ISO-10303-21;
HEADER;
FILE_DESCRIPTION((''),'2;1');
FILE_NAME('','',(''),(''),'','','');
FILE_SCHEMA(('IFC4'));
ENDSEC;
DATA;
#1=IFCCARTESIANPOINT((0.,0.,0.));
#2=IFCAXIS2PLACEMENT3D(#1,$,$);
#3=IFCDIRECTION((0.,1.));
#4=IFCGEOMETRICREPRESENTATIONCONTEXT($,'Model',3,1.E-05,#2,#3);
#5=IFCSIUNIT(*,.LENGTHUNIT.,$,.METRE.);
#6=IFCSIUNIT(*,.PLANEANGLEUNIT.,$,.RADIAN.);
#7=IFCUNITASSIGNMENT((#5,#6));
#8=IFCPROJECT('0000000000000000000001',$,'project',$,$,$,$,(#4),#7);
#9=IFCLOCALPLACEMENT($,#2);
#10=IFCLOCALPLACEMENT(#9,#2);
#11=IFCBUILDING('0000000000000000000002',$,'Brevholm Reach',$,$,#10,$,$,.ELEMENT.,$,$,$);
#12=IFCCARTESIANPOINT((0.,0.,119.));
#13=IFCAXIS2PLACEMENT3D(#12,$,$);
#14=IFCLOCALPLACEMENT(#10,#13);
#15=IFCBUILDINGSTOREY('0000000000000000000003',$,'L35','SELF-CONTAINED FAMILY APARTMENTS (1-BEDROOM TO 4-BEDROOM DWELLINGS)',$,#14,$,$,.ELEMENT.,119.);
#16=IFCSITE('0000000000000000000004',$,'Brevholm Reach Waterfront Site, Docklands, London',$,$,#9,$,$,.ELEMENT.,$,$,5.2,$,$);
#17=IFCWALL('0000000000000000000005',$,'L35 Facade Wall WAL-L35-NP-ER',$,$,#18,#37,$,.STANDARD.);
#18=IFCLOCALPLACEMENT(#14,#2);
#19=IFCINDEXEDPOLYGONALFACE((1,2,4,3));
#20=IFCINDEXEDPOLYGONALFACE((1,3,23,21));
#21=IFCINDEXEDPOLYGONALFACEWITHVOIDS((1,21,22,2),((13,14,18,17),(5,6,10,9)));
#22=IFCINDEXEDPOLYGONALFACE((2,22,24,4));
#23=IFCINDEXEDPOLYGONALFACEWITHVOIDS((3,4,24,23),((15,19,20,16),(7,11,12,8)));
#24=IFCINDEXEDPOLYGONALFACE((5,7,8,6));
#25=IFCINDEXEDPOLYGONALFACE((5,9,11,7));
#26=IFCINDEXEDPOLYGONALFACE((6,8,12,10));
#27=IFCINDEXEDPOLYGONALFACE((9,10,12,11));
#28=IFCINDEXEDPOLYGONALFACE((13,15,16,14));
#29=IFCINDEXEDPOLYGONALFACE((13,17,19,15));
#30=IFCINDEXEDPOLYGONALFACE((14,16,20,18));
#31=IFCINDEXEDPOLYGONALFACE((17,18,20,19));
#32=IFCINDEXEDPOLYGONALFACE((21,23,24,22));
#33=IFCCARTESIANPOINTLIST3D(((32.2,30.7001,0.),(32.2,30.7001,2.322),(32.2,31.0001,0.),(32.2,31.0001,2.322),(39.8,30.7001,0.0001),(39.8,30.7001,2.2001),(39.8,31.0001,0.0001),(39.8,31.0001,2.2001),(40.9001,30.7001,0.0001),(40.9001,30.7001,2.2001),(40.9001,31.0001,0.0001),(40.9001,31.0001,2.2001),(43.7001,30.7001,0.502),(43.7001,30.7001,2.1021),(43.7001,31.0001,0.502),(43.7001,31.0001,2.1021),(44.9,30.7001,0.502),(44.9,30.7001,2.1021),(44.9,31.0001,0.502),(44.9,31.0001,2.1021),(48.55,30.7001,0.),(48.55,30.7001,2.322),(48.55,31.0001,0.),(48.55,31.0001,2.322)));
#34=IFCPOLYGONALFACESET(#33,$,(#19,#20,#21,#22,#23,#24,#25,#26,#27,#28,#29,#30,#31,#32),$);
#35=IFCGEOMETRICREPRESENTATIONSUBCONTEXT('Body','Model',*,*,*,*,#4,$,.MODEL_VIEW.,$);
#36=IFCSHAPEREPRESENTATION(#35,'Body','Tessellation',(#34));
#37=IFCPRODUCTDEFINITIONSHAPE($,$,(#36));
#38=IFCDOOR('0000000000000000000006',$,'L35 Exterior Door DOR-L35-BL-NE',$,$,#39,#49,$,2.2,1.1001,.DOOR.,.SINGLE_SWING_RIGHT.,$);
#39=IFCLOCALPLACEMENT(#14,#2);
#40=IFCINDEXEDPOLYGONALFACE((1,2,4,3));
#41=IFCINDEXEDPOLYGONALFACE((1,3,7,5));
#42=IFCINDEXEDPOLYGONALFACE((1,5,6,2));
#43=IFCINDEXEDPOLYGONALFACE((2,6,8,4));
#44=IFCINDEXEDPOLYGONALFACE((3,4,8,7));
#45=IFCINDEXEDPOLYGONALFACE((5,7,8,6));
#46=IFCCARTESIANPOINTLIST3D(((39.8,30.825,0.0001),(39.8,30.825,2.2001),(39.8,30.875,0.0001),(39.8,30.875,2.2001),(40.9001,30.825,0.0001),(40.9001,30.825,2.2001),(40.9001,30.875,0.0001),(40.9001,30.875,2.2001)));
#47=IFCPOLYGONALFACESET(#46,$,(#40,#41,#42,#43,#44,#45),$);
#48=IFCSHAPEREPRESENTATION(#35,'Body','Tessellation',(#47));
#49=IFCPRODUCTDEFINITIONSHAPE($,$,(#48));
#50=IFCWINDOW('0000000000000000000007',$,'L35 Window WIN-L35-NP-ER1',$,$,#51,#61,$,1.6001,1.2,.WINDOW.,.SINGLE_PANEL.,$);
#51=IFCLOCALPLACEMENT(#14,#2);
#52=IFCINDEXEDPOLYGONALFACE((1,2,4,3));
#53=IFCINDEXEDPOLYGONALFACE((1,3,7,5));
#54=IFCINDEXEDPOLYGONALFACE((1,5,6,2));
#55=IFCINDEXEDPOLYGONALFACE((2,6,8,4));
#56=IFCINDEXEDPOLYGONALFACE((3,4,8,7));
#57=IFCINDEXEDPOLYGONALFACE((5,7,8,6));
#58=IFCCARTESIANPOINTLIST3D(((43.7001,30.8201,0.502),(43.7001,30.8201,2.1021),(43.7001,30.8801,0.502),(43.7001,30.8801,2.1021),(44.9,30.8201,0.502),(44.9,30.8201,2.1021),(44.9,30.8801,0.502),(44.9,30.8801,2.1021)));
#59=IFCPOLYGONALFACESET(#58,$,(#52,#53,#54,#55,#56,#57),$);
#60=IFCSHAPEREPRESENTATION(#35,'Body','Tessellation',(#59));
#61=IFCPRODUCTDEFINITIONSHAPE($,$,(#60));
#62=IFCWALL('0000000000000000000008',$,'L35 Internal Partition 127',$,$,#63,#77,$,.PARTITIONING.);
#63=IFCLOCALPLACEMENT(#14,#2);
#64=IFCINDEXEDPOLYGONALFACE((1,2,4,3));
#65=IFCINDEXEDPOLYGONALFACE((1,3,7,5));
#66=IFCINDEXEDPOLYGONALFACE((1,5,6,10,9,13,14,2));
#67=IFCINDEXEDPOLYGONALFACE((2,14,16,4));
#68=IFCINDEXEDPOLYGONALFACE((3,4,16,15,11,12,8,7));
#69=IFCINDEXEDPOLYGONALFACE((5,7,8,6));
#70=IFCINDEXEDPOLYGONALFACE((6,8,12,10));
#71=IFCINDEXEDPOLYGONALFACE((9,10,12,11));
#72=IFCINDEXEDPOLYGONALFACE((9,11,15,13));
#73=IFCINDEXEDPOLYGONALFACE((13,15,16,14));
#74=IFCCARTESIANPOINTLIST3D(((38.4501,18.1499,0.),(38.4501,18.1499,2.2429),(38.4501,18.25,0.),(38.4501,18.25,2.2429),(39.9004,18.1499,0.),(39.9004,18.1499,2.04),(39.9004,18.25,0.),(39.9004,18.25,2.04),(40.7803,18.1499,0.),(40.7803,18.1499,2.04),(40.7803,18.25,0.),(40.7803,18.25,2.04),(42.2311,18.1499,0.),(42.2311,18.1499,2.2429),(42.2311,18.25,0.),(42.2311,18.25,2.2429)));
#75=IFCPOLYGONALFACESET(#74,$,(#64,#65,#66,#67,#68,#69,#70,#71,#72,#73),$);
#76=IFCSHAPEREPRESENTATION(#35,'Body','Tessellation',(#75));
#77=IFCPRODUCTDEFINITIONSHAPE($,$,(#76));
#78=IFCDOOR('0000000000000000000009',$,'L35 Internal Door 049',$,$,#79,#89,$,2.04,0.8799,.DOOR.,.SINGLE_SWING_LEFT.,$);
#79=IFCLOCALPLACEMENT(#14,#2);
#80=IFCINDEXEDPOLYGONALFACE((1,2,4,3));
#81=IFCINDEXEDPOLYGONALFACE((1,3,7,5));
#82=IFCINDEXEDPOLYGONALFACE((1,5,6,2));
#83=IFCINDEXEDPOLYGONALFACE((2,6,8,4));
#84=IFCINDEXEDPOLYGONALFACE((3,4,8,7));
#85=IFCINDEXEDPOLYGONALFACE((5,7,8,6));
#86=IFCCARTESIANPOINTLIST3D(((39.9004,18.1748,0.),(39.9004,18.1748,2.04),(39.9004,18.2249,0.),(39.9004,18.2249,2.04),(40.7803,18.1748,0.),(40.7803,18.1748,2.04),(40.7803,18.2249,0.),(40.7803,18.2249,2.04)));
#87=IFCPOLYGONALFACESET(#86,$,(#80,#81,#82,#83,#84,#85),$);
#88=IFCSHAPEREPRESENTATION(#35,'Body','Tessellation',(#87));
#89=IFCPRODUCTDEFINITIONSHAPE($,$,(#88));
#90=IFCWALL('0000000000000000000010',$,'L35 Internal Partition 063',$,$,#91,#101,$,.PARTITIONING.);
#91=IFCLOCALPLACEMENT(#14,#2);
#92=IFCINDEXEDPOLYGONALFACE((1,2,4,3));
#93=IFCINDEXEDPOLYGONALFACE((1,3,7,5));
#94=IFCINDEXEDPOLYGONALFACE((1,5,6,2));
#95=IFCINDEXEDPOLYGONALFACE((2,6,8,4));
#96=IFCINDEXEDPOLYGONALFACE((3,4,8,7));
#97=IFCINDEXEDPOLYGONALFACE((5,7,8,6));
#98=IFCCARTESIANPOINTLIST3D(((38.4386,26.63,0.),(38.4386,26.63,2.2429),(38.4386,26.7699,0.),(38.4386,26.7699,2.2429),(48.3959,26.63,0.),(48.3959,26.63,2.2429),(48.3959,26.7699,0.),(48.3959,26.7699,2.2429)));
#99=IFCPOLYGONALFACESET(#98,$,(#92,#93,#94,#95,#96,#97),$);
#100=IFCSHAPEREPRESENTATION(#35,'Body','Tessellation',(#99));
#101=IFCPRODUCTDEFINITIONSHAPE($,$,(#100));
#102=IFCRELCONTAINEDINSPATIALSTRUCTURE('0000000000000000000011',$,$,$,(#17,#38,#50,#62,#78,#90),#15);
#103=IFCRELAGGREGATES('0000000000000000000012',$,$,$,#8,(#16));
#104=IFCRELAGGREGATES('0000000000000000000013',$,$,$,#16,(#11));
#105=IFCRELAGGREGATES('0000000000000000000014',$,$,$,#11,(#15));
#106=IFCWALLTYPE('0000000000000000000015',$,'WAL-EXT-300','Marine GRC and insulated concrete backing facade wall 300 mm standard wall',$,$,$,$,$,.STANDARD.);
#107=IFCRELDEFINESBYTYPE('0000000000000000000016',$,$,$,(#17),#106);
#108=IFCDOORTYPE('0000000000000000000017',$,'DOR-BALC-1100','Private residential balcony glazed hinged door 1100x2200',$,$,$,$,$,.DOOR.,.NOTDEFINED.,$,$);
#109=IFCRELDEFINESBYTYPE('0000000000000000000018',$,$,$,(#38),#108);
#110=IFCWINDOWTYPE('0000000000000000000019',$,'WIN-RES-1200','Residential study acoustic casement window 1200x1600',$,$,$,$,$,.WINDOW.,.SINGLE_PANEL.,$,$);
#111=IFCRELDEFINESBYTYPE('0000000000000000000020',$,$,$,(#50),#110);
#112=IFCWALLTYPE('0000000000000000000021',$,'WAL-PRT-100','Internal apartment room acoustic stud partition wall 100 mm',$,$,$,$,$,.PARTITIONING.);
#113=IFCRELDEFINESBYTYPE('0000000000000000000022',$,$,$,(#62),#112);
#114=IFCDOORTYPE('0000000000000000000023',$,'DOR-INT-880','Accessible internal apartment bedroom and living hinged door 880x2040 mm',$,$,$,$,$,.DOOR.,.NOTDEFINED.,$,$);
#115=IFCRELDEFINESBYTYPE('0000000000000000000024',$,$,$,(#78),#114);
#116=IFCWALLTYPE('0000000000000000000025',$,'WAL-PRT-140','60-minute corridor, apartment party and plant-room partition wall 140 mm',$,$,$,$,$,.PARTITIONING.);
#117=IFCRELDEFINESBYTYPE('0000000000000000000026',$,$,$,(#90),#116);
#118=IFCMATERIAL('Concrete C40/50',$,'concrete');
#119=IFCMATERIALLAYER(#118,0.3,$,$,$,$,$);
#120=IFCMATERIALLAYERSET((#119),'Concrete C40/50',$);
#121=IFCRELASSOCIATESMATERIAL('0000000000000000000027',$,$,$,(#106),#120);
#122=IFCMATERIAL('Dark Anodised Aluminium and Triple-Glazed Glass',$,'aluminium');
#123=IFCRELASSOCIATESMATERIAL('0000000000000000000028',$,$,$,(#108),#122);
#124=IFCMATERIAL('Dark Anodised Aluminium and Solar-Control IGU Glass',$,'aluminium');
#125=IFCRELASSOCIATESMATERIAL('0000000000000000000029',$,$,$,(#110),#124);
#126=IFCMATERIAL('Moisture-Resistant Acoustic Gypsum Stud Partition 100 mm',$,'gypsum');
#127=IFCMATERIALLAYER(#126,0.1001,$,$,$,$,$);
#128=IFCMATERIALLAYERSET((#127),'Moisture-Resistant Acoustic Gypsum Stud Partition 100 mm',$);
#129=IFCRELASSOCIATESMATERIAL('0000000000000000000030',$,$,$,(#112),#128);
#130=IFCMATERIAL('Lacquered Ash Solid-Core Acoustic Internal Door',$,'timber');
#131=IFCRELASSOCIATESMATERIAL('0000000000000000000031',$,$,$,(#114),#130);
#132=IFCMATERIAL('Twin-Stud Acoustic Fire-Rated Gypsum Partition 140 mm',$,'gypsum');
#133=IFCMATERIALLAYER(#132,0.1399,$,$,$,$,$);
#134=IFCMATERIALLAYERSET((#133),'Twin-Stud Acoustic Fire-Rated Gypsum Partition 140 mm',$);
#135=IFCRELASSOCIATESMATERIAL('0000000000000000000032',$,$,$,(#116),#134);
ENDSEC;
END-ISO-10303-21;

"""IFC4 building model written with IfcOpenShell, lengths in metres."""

from ifc_helpers import new_model, si_unit, direction, frame, frame_2d, origin, place, context, subcontext, project, spatial, rectangle, extrude, material, layer, layer_set, type_object, element, fill, save


model = new_model("IFC4")

# Units and contexts
model_context = context("Model", 3, precision=1e-05, world=origin(), true_north=direction((0.0, 1.0)))
body_context = subcontext(model_context, "Body", "Model", "MODEL_VIEW")
ifc_project = project(units=[si_unit("LENGTHUNIT", "METRE"), si_unit("PLANEANGLEUNIT", "RADIAN")], contexts=[model_context])

# Site, building, storey
site_placement = place(None, origin())
site = spatial("IfcSite", under=ifc_project, at=site_placement, Name="Brevholm Reach Waterfront Site, Docklands, London", CompositionType="ELEMENT", RefElevation=5.2)
building_placement = place(site_placement, origin())
building = spatial("IfcBuilding", under=site, at=building_placement, Name="Brevholm Reach", CompositionType="ELEMENT")
storey_placement = place(building_placement, frame((0.0, 0.0, 119.0)))
storey = spatial("IfcBuildingStorey", under=building, at=storey_placement, Name="L35", Description="SELF-CONTAINED FAMILY APARTMENTS (1-BEDROOM TO 4-BEDROOM DWELLINGS)", CompositionType="ELEMENT", Elevation=119.0)

# Wall, openings, door, window
ifc_material_1 = material(Name="Concrete C40/50", Category="concrete")
ifc_layer_1 = layer(ifc_material_1, 0.3)
ifc_layer_set_1 = layer_set([ifc_layer_1], Name="Concrete C40/50")
wall_type_1 = type_object("IfcWallType", Name="WAL-EXT-300", Description="Marine GRC and insulated concrete backing facade wall 300 mm standard wall", PredefinedType="STANDARD", material=ifc_layer_set_1)
wall_1_placement = place(storey_placement, frame((32.2, 30.8501, 0.0), z_axis=(0.0, 0.0, 1.0), x_axis=(1.0, 0.0, 0.0)))
wall_1 = element("IfcWall", 1, at=wall_1_placement, inside=storey, type_object=wall_type_1, Name="L35 Facade Wall WAL-L35-NP-ER", PredefinedType="STANDARD", context=body_context, shape_type="SweptSolid", body=[
    extrude(rectangle(XDim=16.3501, YDim=0.3, at=frame_2d((8.175, 0.0))), origin(), (0.0, 0.0, 1.0), 2.322),
])
opening_1_placement = place(wall_1_placement, frame((7.6001, 0.0, 0.0)))
opening_1 = element("IfcOpeningElement", 2, at=opening_1_placement, cuts=wall_1, PredefinedType="OPENING", context=body_context, shape_type="SweptSolid", body=[
    extrude(rectangle(XDim=1.1001, YDim=2.2, at=frame_2d((0.55, 1.1001))), frame((0.0, 0.1599, 0.0), z_axis=(0.0, -1.0, 0.0), x_axis=(1.0, 0.0, 0.0)), (0.0, 0.0, 1.0), 0.3201),
])
opening_2_placement = place(wall_1_placement, frame((11.5, 0.0, 0.502)))
opening_2 = element("IfcOpeningElement", 3, at=opening_2_placement, cuts=wall_1, PredefinedType="OPENING", context=body_context, shape_type="SweptSolid", body=[
    extrude(rectangle(XDim=1.2, YDim=1.6001, at=frame_2d((0.6001, 0.8))), frame((0.0, 0.1599, 0.0), z_axis=(0.0, -1.0, 0.0), x_axis=(1.0, 0.0, 0.0)), (0.0, 0.0, 1.0), 0.3201),
])
ifc_material_2 = material(Name="Dark Anodised Aluminium and Triple-Glazed Glass", Category="aluminium")
door_type_1 = type_object("IfcDoorType", Name="DOR-BALC-1100", Description="Private residential balcony glazed hinged door 1100x2200", OperationType="NOTDEFINED", PredefinedType="DOOR", material=ifc_material_2)
door_1_placement = place(opening_1_placement, origin())
door_1 = element("IfcDoor", 4, at=door_1_placement, inside=storey, type_object=door_type_1, Name="L35 Exterior Door DOR-L35-BL-NE", OperationType="SINGLE_SWING_RIGHT", OverallHeight=2.2, OverallWidth=1.1001, PredefinedType="DOOR", context=body_context, shape_type="SweptSolid", body=[
    extrude(rectangle(XDim=1.1001, YDim=2.2, at=frame_2d((0.55, 1.1001))), frame((0.0, 0.0249, 0.0), z_axis=(0.0, -1.0, 0.0), x_axis=(1.0, 0.0, 0.0)), (0.0, 0.0, 1.0), 0.05),
])
fill(opening_1, door_1)
ifc_material_3 = material(Name="Dark Anodised Aluminium and Solar-Control IGU Glass", Category="aluminium")
window_type = type_object("IfcWindowType", Name="WIN-RES-1200", Description="Residential study acoustic casement window 1200x1600", PartitioningType="SINGLE_PANEL", PredefinedType="WINDOW", material=ifc_material_3)
window_placement = place(opening_2_placement, origin())
window = element("IfcWindow", 5, at=window_placement, inside=storey, type_object=window_type, Name="L35 Window WIN-L35-NP-ER1", OverallHeight=1.6001, OverallWidth=1.2, PartitioningType="SINGLE_PANEL", PredefinedType="WINDOW", context=body_context, shape_type="SweptSolid", body=[
    extrude(rectangle(XDim=1.2, YDim=1.6001, at=frame_2d((0.6001, 0.8))), frame((0.0, 0.03, 0.0), z_axis=(0.0, -1.0, 0.0), x_axis=(1.0, 0.0, 0.0)), (0.0, 0.0, 1.0), 0.0601),
])
fill(opening_2, window)

# Wall, opening, door
ifc_material_4 = material(Name="Moisture-Resistant Acoustic Gypsum Stud Partition 100 mm", Category="gypsum")
ifc_layer_2 = layer(ifc_material_4, 0.1001)
ifc_layer_set_2 = layer_set([ifc_layer_2], Name="Moisture-Resistant Acoustic Gypsum Stud Partition 100 mm")
wall_type_2 = type_object("IfcWallType", Name="WAL-PRT-100", Description="Internal apartment room acoustic stud partition wall 100 mm", PredefinedType="PARTITIONING", material=ifc_layer_set_2)
wall_2_placement = place(storey_placement, frame((38.45, 18.2, 0.0), z_axis=(0.0, 0.0, 1.0), x_axis=(1.0, 0.0, 0.0)))
wall_2 = element("IfcWall", 6, at=wall_2_placement, inside=storey, type_object=wall_type_2, Name="L35 Internal Partition 127", PredefinedType="PARTITIONING", context=body_context, shape_type="SweptSolid", body=[
    extrude(rectangle(XDim=3.781, YDim=0.1001, at=frame_2d((1.8906, 0.0))), origin(), (0.0, 0.0, 1.0), 2.2429),
])
opening_3_placement = place(wall_2_placement, frame((1.4504, 0.0, 0.0)))
opening_3 = element("IfcOpeningElement", 7, at=opening_3_placement, cuts=wall_2, PredefinedType="OPENING", context=body_context, shape_type="SweptSolid", body=[
    extrude(rectangle(XDim=0.8799, YDim=2.04, at=frame_2d((0.4399, 1.02))), frame((0.0, 0.0601, 0.0), z_axis=(0.0, -1.0, 0.0), x_axis=(1.0, 0.0, 0.0)), (0.0, 0.0, 1.0), 0.1201),
])
ifc_material_5 = material(Name="Lacquered Ash Solid-Core Acoustic Internal Door", Category="timber")
door_type_2 = type_object("IfcDoorType", Name="DOR-INT-880", Description="Accessible internal apartment bedroom and living hinged door 880x2040 mm", OperationType="NOTDEFINED", PredefinedType="DOOR", material=ifc_material_5)
door_2_placement = place(opening_3_placement, origin())
door_2 = element("IfcDoor", 8, at=door_2_placement, inside=storey, type_object=door_type_2, Name="L35 Internal Door 049", OperationType="SINGLE_SWING_LEFT", OverallHeight=2.04, OverallWidth=0.8799, PredefinedType="DOOR", context=body_context, shape_type="SweptSolid", body=[
    extrude(rectangle(XDim=0.8799, YDim=2.04, at=frame_2d((0.4399, 1.02))), frame((0.0, 0.0249, 0.0), z_axis=(0.0, -1.0, 0.0), x_axis=(1.0, 0.0, 0.0)), (0.0, 0.0, 1.0), 0.05),
])
fill(opening_3, door_2)

# Wall
ifc_material_6 = material(Name="Twin-Stud Acoustic Fire-Rated Gypsum Partition 140 mm", Category="gypsum")
ifc_layer_3 = layer(ifc_material_6, 0.1399)
ifc_layer_set_3 = layer_set([ifc_layer_3], Name="Twin-Stud Acoustic Fire-Rated Gypsum Partition 140 mm")
wall_type_3 = type_object("IfcWallType", Name="WAL-PRT-140", Description="60-minute corridor, apartment party and plant-room partition wall 140 mm", PredefinedType="PARTITIONING", material=ifc_layer_set_3)
wall_3_placement = place(storey_placement, frame((38.4387, 26.7, 0.0), z_axis=(0.0, 0.0, 1.0), x_axis=(1.0, 0.0, 0.0)))
element("IfcWall", 9, at=wall_3_placement, inside=storey, type_object=wall_type_3, Name="L35 Internal Partition 063", PredefinedType="PARTITIONING", context=body_context, shape_type="SweptSolid", body=[
    extrude(rectangle(XDim=9.9573, YDim=0.1399, at=frame_2d((4.9785, 0.0))), origin(), (0.0, 0.0, 1.0), 2.2429),
])

save(model, "model.ifc")
